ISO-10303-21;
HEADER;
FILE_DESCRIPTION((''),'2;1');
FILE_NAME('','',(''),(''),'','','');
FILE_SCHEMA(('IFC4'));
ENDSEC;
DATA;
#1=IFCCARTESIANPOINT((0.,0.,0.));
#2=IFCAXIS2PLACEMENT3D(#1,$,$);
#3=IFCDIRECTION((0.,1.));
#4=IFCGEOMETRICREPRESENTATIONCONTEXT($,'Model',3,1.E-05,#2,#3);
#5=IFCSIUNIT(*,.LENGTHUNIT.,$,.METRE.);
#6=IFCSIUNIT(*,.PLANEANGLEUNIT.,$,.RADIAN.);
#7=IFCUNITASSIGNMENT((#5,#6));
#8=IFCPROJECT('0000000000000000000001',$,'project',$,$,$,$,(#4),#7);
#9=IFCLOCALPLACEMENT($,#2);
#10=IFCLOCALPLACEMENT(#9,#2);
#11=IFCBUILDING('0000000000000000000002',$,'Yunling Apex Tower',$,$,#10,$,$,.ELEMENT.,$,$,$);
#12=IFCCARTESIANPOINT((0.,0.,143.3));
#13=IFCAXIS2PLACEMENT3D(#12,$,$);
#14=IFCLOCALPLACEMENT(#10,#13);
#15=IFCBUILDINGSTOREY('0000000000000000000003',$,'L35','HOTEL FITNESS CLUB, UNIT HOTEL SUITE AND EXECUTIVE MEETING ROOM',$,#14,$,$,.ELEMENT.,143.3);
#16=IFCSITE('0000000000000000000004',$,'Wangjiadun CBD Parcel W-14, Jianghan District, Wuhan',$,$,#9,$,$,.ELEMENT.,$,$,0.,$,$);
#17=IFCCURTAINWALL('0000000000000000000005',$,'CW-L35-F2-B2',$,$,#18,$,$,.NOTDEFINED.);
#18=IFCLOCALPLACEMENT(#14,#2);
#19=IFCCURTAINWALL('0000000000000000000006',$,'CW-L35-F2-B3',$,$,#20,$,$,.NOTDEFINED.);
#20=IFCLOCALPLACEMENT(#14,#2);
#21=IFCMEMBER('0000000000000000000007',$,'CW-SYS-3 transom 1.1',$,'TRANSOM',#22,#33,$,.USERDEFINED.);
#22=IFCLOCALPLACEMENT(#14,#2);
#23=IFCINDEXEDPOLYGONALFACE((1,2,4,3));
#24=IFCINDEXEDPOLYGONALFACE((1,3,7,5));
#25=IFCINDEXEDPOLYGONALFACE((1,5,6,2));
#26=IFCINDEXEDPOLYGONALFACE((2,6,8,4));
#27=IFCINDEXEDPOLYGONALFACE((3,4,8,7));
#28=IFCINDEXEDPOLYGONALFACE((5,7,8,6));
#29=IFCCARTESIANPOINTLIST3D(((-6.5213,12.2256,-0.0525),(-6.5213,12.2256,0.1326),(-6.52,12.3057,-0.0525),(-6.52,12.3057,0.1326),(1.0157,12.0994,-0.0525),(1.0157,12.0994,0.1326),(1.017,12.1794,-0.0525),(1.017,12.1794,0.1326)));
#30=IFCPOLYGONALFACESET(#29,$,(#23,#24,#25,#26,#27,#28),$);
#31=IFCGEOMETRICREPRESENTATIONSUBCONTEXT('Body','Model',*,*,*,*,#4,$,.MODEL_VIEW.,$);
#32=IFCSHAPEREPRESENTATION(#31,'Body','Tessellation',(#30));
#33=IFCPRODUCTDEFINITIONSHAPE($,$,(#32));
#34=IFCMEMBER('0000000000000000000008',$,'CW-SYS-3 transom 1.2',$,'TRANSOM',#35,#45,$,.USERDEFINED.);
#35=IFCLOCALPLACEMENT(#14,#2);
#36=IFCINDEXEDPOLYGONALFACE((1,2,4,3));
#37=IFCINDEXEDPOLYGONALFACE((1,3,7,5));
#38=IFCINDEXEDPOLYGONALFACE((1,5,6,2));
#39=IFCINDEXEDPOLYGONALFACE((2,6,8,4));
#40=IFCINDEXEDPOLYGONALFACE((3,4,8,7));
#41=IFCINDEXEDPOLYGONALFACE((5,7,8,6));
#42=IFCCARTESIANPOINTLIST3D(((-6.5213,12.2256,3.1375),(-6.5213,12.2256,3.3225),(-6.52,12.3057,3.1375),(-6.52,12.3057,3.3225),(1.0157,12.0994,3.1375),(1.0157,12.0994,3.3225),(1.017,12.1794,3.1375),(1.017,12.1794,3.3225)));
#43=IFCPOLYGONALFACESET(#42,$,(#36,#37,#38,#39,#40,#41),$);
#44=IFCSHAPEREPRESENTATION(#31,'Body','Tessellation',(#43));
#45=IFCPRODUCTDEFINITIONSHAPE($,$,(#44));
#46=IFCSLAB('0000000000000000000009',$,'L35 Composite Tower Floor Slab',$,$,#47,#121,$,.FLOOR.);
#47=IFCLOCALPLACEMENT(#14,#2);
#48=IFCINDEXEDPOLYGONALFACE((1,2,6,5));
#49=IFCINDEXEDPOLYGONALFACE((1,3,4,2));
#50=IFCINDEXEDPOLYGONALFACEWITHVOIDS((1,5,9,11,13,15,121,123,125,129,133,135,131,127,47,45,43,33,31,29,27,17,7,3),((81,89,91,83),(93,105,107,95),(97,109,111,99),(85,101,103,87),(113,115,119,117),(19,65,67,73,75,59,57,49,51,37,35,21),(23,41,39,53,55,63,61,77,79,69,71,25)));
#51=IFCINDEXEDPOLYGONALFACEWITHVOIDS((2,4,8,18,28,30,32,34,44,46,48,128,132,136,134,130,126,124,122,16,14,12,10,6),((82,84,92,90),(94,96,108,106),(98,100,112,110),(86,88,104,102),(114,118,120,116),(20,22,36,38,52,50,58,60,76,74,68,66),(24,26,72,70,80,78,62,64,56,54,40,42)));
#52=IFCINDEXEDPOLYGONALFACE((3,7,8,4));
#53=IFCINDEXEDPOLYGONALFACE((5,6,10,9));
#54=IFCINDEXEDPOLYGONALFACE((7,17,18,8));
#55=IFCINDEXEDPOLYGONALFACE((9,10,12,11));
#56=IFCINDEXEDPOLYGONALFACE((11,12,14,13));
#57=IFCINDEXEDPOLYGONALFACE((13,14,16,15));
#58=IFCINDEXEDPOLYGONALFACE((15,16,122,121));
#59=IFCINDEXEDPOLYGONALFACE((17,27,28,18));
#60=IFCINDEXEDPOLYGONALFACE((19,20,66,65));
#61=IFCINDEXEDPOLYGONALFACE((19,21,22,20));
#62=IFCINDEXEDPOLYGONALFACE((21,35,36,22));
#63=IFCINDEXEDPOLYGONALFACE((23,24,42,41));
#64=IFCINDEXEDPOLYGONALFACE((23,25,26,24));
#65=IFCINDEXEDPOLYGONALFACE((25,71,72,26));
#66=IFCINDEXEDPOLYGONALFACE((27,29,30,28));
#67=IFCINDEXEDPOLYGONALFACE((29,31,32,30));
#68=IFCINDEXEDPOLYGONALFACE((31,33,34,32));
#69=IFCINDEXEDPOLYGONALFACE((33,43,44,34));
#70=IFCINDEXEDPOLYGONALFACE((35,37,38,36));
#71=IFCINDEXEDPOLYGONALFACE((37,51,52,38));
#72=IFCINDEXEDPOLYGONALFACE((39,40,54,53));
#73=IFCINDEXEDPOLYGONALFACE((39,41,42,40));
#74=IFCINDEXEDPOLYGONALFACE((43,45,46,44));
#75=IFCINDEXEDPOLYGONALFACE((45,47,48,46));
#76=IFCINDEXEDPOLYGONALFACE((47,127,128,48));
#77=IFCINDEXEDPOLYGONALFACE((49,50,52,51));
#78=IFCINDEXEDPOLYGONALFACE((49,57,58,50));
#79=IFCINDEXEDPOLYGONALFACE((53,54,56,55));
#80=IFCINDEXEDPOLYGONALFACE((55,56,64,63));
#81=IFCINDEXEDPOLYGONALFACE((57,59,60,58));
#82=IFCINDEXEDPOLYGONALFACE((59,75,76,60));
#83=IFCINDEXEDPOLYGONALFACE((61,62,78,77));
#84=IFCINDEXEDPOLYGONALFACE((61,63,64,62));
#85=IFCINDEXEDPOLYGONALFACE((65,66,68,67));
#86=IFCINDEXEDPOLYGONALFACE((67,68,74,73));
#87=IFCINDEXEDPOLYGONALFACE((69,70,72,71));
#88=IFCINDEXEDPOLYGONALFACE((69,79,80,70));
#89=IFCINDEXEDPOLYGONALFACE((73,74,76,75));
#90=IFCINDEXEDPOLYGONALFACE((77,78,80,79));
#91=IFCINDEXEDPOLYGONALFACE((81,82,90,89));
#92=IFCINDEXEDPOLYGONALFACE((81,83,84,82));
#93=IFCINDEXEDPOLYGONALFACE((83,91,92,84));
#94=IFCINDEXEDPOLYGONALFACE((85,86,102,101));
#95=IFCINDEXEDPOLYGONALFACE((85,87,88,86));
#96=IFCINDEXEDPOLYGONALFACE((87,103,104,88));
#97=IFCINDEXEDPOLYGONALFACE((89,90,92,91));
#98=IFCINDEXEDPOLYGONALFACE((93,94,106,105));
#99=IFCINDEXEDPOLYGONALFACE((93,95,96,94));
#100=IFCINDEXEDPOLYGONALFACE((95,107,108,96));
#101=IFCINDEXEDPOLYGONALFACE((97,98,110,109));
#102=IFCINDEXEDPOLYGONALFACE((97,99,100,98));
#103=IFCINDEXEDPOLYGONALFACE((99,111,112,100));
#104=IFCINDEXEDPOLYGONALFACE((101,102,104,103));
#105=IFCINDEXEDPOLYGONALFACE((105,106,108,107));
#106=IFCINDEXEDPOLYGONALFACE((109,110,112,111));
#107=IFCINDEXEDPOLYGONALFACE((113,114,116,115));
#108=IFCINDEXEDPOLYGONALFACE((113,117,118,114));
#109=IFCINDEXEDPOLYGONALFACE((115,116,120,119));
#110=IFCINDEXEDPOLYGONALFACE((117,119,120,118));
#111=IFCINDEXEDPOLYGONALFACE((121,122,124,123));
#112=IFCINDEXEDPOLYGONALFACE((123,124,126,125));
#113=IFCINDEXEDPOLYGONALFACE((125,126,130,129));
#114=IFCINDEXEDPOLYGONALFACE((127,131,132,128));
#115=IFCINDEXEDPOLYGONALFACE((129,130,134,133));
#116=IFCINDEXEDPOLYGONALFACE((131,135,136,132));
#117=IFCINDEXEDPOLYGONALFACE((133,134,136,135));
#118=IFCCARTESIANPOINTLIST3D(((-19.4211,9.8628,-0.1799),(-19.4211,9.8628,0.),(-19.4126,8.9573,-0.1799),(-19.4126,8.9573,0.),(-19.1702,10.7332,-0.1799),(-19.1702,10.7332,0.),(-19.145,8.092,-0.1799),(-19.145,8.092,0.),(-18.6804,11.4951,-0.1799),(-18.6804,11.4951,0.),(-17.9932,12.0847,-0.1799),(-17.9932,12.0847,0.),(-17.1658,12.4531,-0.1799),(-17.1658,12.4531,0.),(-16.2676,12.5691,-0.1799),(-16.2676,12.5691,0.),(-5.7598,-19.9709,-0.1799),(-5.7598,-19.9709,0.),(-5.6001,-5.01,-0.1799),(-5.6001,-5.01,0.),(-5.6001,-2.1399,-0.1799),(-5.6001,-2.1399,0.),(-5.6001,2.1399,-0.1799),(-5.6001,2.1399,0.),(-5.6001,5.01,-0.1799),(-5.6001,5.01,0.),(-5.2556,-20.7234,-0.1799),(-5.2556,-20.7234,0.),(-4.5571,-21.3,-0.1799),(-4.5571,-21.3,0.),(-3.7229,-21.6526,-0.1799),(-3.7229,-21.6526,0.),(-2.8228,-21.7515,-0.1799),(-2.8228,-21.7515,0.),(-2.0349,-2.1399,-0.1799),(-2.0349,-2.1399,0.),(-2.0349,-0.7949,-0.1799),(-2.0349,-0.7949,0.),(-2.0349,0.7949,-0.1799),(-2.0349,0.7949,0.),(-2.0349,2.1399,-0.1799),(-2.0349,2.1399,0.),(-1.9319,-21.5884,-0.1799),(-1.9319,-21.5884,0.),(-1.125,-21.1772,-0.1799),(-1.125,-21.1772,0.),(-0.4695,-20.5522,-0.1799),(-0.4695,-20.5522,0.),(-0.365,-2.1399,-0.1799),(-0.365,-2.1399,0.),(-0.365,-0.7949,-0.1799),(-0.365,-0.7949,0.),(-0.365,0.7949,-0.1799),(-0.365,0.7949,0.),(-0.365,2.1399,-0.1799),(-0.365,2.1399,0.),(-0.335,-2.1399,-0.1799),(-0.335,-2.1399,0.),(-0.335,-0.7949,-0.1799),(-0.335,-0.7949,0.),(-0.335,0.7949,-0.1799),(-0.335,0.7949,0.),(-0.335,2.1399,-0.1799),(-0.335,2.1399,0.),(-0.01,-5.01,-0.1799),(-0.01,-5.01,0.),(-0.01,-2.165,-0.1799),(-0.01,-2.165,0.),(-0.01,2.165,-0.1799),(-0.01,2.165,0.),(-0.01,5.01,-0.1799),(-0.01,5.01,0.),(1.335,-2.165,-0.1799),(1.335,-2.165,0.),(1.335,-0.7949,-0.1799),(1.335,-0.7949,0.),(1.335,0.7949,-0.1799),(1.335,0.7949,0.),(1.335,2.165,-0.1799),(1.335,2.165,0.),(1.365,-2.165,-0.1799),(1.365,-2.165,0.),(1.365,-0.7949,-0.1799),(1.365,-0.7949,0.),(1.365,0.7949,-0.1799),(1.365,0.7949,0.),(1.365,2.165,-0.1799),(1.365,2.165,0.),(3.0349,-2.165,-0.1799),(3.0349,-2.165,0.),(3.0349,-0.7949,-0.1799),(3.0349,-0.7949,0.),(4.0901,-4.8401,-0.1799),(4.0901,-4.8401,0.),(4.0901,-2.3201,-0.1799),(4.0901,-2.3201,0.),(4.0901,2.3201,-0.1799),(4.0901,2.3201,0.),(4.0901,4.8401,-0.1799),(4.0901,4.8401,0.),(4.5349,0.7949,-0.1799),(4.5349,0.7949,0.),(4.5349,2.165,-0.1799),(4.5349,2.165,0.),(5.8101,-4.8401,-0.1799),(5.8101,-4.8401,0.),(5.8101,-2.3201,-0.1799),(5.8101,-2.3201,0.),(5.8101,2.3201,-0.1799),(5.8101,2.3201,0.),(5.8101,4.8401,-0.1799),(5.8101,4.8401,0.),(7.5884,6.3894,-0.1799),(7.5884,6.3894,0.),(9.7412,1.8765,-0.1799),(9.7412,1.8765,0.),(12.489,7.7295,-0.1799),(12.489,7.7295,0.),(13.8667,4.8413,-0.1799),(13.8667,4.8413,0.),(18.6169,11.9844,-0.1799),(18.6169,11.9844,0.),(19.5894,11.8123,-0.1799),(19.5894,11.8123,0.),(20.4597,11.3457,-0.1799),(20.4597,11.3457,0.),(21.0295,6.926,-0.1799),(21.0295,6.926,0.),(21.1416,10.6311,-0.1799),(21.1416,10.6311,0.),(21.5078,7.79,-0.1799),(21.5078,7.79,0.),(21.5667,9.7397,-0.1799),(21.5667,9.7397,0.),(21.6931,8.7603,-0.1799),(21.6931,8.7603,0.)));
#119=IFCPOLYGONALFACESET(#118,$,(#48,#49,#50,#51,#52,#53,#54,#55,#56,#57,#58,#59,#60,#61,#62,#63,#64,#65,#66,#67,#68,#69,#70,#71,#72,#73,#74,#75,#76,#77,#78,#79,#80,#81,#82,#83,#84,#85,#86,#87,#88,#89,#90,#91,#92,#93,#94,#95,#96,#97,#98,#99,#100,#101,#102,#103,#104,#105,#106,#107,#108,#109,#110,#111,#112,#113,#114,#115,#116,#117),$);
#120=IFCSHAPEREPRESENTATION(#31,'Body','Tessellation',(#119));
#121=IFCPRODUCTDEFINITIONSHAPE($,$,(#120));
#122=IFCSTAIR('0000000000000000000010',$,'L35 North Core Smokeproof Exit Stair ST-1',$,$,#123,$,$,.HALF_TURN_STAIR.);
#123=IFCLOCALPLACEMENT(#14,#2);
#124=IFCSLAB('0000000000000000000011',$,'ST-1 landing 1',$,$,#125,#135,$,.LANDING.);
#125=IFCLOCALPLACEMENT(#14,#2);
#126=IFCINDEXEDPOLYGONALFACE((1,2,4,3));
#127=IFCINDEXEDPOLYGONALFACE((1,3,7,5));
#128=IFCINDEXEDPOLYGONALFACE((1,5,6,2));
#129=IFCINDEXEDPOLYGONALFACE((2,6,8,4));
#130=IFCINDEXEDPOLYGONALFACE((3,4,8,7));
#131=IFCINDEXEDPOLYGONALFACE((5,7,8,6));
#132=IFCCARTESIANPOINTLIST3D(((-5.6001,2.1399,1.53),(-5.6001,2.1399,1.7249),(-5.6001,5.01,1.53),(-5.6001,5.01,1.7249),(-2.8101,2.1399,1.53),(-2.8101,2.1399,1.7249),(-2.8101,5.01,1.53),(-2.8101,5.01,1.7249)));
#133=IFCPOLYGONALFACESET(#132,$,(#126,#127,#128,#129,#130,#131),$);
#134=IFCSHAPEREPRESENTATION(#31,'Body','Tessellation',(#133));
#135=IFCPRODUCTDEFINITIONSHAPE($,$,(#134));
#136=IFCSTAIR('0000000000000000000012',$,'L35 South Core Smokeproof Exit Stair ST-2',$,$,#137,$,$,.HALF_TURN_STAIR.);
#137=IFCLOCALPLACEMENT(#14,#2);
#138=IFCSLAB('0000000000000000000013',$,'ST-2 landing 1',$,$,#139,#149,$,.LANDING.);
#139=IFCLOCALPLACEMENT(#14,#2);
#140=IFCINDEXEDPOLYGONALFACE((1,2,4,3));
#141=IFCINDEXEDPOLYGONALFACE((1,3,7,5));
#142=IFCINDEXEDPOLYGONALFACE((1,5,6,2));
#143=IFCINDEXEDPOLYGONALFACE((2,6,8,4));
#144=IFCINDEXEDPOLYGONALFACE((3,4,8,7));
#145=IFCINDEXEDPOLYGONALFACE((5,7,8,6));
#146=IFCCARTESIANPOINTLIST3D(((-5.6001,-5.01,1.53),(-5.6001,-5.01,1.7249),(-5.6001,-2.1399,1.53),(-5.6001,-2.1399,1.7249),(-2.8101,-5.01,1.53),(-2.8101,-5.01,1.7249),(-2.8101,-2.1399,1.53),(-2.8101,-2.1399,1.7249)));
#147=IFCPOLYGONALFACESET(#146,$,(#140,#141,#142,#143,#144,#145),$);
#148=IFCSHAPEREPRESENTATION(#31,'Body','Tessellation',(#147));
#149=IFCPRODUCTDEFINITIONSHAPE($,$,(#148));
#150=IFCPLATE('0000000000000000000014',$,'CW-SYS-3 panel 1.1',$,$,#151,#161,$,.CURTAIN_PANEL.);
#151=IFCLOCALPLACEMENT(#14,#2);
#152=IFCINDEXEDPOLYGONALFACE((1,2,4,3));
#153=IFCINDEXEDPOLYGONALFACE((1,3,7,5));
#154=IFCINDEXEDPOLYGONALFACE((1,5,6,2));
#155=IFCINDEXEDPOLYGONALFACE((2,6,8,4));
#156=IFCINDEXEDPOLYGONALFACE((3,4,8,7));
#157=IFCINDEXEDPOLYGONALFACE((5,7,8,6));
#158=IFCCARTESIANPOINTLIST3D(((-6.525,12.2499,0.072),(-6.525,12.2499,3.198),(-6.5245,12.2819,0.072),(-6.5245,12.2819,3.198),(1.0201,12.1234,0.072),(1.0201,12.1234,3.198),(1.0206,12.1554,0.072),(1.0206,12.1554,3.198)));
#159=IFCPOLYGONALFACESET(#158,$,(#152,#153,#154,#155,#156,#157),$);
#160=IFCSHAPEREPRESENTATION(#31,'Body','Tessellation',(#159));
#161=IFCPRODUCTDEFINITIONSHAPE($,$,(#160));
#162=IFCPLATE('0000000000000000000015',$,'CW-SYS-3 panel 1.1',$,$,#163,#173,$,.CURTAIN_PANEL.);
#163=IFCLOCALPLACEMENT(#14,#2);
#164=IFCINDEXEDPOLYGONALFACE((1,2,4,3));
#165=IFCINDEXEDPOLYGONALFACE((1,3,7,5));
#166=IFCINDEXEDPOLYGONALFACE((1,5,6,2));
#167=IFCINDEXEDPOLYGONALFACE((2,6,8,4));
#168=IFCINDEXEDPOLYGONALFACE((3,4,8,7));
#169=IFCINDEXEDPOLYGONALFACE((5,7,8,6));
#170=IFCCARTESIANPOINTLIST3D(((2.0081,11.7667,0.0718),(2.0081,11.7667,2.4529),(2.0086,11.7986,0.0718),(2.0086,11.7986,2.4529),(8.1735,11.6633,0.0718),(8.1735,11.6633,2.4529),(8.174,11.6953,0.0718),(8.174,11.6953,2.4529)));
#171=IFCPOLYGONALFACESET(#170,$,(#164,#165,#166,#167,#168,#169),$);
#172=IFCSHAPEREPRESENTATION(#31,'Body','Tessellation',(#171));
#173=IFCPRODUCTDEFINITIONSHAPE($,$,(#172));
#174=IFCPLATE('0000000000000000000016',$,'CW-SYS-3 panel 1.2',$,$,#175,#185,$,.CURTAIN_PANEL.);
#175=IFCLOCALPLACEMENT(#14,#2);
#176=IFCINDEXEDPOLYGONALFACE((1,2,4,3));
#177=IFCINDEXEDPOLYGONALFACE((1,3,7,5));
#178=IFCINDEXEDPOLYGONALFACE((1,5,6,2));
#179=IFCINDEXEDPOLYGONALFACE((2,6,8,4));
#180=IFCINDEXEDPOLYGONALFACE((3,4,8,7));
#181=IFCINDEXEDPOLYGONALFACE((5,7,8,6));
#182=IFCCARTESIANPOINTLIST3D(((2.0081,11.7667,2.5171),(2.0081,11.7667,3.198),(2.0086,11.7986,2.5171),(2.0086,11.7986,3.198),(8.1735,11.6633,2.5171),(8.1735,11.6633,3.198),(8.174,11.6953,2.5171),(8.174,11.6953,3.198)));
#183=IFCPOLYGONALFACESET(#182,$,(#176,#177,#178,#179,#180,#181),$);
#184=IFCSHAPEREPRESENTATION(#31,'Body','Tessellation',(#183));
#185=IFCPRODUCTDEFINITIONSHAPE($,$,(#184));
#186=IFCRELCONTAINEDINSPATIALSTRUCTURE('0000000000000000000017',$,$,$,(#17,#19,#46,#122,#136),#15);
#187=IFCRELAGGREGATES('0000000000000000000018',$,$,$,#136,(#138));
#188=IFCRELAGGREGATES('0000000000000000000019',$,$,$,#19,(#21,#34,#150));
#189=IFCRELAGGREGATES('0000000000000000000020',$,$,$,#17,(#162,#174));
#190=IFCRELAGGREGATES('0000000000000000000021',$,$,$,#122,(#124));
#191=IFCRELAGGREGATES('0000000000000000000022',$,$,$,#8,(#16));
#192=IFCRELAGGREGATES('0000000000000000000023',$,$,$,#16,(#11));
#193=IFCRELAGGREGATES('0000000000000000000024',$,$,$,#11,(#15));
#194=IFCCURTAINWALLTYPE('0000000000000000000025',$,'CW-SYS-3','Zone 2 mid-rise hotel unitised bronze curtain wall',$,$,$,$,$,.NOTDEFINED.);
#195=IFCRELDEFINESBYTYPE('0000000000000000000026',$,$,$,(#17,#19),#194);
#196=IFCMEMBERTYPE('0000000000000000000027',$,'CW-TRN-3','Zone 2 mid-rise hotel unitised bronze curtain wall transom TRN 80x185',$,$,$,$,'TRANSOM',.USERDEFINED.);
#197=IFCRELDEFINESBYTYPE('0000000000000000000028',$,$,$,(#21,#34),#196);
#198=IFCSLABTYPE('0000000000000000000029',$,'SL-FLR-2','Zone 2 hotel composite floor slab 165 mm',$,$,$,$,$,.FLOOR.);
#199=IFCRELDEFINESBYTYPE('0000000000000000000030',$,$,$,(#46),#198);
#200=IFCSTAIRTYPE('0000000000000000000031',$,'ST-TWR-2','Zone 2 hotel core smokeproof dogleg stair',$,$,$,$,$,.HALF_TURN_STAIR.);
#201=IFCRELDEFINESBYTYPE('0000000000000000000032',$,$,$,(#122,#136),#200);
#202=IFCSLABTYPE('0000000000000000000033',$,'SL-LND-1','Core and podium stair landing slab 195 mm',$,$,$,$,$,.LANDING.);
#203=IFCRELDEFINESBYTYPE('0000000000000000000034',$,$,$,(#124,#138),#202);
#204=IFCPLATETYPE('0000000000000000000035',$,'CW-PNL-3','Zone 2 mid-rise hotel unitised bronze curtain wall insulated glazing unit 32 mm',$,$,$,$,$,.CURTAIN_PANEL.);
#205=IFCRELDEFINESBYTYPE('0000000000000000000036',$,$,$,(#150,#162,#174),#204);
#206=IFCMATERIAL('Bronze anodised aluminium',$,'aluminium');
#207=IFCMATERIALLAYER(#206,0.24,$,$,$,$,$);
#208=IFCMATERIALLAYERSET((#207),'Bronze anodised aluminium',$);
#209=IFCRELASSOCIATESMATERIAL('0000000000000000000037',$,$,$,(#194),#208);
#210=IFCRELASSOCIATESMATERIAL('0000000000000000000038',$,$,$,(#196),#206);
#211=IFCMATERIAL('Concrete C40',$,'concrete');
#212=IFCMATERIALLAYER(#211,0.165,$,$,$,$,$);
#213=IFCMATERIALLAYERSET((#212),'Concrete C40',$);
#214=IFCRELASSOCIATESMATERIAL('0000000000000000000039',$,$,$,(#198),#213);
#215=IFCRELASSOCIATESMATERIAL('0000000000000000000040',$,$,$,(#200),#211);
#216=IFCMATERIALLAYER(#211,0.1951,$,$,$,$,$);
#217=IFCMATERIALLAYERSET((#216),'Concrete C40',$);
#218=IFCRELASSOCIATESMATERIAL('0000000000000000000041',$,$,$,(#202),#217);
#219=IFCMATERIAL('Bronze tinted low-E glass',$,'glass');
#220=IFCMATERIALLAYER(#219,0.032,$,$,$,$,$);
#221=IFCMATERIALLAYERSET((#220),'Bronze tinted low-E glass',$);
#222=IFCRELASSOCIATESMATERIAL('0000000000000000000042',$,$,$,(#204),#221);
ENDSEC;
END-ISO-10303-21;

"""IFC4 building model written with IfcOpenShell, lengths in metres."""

from ifc_helpers import new_model, si_unit, direction, frame, origin, origin_2d, place, context, subcontext, project, spatial, polyline, rectangle, outline, extrude, source, transform, mapped, material, layer, layer_set, material_profile, profile_set, type_object, element, aggregate, save


model = new_model("IFC4")

# Units and contexts
model_context = context("Model", 3, precision=1e-05, world=origin(), true_north=direction((0.0, 1.0)))
body_context = subcontext(model_context, "Body", "Model", "MODEL_VIEW")
ifc_project = project(units=[si_unit("LENGTHUNIT", "METRE"), si_unit("PLANEANGLEUNIT", "RADIAN")], contexts=[model_context])

# Site, building, storey
site_placement = place(None, origin())
site = spatial("IfcSite", under=ifc_project, at=site_placement, Name="Wangjiadun CBD Parcel W-14, Jianghan District, Wuhan", CompositionType="ELEMENT", RefElevation=0.0)
building_placement = place(site_placement, origin())
building = spatial("IfcBuilding", under=site, at=building_placement, Name="Yunling Apex Tower", CompositionType="ELEMENT")
storey_placement = place(building_placement, frame((0.0, 0.0, 143.3)))
storey = spatial("IfcBuildingStorey", under=building, at=storey_placement, Name="L35", Description="HOTEL FITNESS CLUB, UNIT HOTEL SUITE AND EXECUTIVE MEETING ROOM", CompositionType="ELEMENT", Elevation=143.3)

# Curtain wall
ifc_material_1 = material(Name="Bronze anodised aluminium", Category="aluminium")
ifc_layer_1 = layer(ifc_material_1, 0.24)
ifc_layer_set_1 = layer_set([ifc_layer_1], Name="Bronze anodised aluminium")
curtain_wall_type = type_object("IfcCurtainWallType", Name="CW-SYS-3", Description="Zone 2 mid-rise hotel unitised bronze curtain wall", PredefinedType="NOTDEFINED", material=ifc_layer_set_1)
curtain_wall_1_placement = place(storey_placement, origin())
curtain_wall_1 = element("IfcCurtainWall", 1, at=curtain_wall_1_placement, inside=storey, type_object=curtain_wall_type, Name="CW-L35-F2-B2", PredefinedType="NOTDEFINED")

# Curtain wall, members
curtain_wall_2_placement = place(storey_placement, origin())
curtain_wall_2 = element("IfcCurtainWall", 2, at=curtain_wall_2_placement, inside=storey, type_object=curtain_wall_type, Name="CW-L35-F2-B3", PredefinedType="NOTDEFINED")
ifc_material_profile_1 = material_profile(ifc_material_1, rectangle(XDim=0.0801, YDim=0.1851, at=origin_2d()))
ifc_profile_set_1 = profile_set([ifc_material_profile_1], Name="Bronze anodised aluminium")
member_type_1 = type_object("IfcMemberType", Name="CW-TRN-3", Description="Zone 2 mid-rise hotel unitised bronze curtain wall transom TRN 80x185", ElementType="TRANSOM", PredefinedType="USERDEFINED", material=ifc_profile_set_1)
shared_shape_1 = source(origin(), body_context, "Body", "SweptSolid", [
    extrude(rectangle(XDim=0.0801, YDim=0.1851, at=origin_2d()), origin(), (0.0, 0.0, 1.0), 7.5381),
])
member_1_placement = place(storey_placement, frame((1.0164, 12.1394, 0.04), z_axis=(-0.99986, 0.016744, 0.0), x_axis=(-0.016744, -0.99986, 0.0)))
member_1 = element("IfcMember", 3, at=member_1_placement, type_object=member_type_1, Name="CW-SYS-3 transom 1.1", ObjectType="TRANSOM", PredefinedType="USERDEFINED", context=body_context, shape_type="MappedRepresentation", body=[
    mapped(shared_shape_1, transform((0.0, 0.0, 0.0), scale=1.0)),
])
member_2_placement = place(storey_placement, frame((1.0164, 12.1394, 3.23), z_axis=(-0.99986, 0.016744, 0.0), x_axis=(-0.016744, -0.99986, 0.0)))
member_2 = element("IfcMember", 4, at=member_2_placement, type_object=member_type_1, Name="CW-SYS-3 transom 1.2", ObjectType="TRANSOM", PredefinedType="USERDEFINED", context=body_context, shape_type="MappedRepresentation", body=[
    mapped(shared_shape_1, transform((0.0, 0.0, 0.0), scale=1.0)),
])

# Slab
ifc_material_2 = material(Name="Concrete C40", Category="concrete")
ifc_layer_2 = layer(ifc_material_2, 0.165)
ifc_layer_set_2 = layer_set([ifc_layer_2], Name="Concrete C40")
slab_type_1 = type_object("IfcSlabType", Name="SL-FLR-2", Description="Zone 2 hotel composite floor slab 165 mm", PredefinedType="FLOOR", material=ifc_layer_set_2)
slab_1_placement = place(storey_placement, frame((0.0, 0.0, -0.1799)))
element("IfcSlab", 5, at=slab_1_placement, inside=storey, type_object=slab_type_1, Name="L35 Composite Tower Floor Slab", PredefinedType="FLOOR", context=body_context, shape_type="SweptSolid", body=[
    extrude(outline(polyline([(-5.7598, -19.9709), (-5.2556, -20.7234), (-4.5571, -21.3), (-3.7229, -21.6526), (-2.8228, -21.7515), (-1.9319, -21.5884), (-1.125, -21.1772), (-0.4695, -20.5522), (21.0295, 6.926), (21.5078, 7.79), (21.6931, 8.7603), (21.5667, 9.7397), (21.1416, 10.6311), (20.4597, 11.3457), (19.5894, 11.8123), (18.6169, 11.9844), (-16.2676, 12.5691), (-17.1658, 12.4531), (-17.9932, 12.0847), (-18.6804, 11.4951), (-19.1702, 10.7332), (-19.4211, 9.8628), (-19.4126, 8.9573), (-19.145, 8.092), (-5.7598, -19.9709)]), holes=[polyline([(12.489, 7.7295), (13.8667, 4.8413), (9.7412, 1.8765), (7.5884, 6.3894), (12.489, 7.7295)]), polyline([(4.0901, -2.3201), (5.8101, -2.3201), (5.8101, -4.8401), (4.0901, -4.8401), (4.0901, -2.3201)]), polyline([(5.8101, 4.8401), (5.8101, 2.3201), (4.0901, 2.3201), (4.0901, 4.8401), (5.8101, 4.8401)]), polyline([(1.365, 2.165), (4.5349, 2.165), (4.5349, 0.7949), (1.365, 0.7949), (1.365, 2.165)]), polyline([(3.0349, -0.7949), (3.0349, -2.165), (1.365, -2.165), (1.365, -0.7949), (3.0349, -0.7949)]), polyline([(-2.0349, -0.7949), (-0.365, -0.7949), (-0.365, -2.1399), (-0.335, -2.1399), (-0.335, -0.7949), (1.335, -0.7949), (1.335, -2.165), (-0.01, -2.165), (-0.01, -5.01), (-5.6001, -5.01), (-5.6001, -2.1399), (-2.0349, -2.1399), (-2.0349, -0.7949)]), polyline([(-5.6001, 2.1399), (-5.6001, 5.01), (-0.01, 5.01), (-0.01, 2.165), (1.335, 2.165), (1.335, 0.7949), (-0.335, 0.7949), (-0.335, 2.1399), (-0.365, 2.1399), (-0.365, 0.7949), (-2.0349, 0.7949), (-2.0349, 2.1399), (-5.6001, 2.1399)])]), origin(), (0.0, 0.0, 1.0), 0.1799),
])

# Stairs, slabs
stair_type = type_object("IfcStairType", Name="ST-TWR-2", Description="Zone 2 hotel core smokeproof dogleg stair", PredefinedType="HALF_TURN_STAIR", material=ifc_material_2)
stair_1_placement = place(storey_placement, origin())
stair_1 = element("IfcStair", 6, at=stair_1_placement, inside=storey, type_object=stair_type, Name="L35 North Core Smokeproof Exit Stair ST-1", PredefinedType="HALF_TURN_STAIR")
ifc_layer_3 = layer(ifc_material_2, 0.1951)
ifc_layer_set_3 = layer_set([ifc_layer_3], Name="Concrete C40")
slab_type_2 = type_object("IfcSlabType", Name="SL-LND-1", Description="Core and podium stair landing slab 195 mm", PredefinedType="LANDING", material=ifc_layer_set_3)
slab_2_placement = place(storey_placement, frame((0.0, 0.0, 1.53)))
slab_2 = element("IfcSlab", 7, at=slab_2_placement, type_object=slab_type_2, Name="ST-1 landing 1", PredefinedType="LANDING", context=body_context, shape_type="SweptSolid", body=[
    extrude(outline(polyline([(-2.8101, 5.01), (-5.6001, 5.01), (-5.6001, 2.1399), (-2.8101, 2.1399), (-2.8101, 5.01)])), origin(), (0.0, 0.0, 1.0), 0.1948),
])
stair_2_placement = place(storey_placement, origin())
stair_2 = element("IfcStair", 8, at=stair_2_placement, inside=storey, type_object=stair_type, Name="L35 South Core Smokeproof Exit Stair ST-2", PredefinedType="HALF_TURN_STAIR")
slab_3_placement = place(storey_placement, frame((0.0, 0.0, 1.53)))
slab_3 = element("IfcSlab", 9, at=slab_3_placement, type_object=slab_type_2, Name="ST-2 landing 1", PredefinedType="LANDING", context=body_context, shape_type="SweptSolid", body=[
    extrude(outline(polyline([(-2.8101, -2.1399), (-5.6001, -2.1399), (-5.6001, -5.01), (-2.8101, -5.01), (-2.8101, -2.1399)])), origin(), (0.0, 0.0, 1.0), 0.1948),
])
aggregate(stair_2, [slab_3])

# Plates
ifc_material_3 = material(Name="Bronze tinted low-E glass", Category="glass")
ifc_layer_4 = layer(ifc_material_3, 0.032)
ifc_layer_set_4 = layer_set([ifc_layer_4], Name="Bronze tinted low-E glass")
plate_type = type_object("IfcPlateType", Name="CW-PNL-3", Description="Zone 2 mid-rise hotel unitised bronze curtain wall insulated glazing unit 32 mm", PredefinedType="CURTAIN_PANEL", material=ifc_layer_set_4)
shared_shape_2 = source(origin(), body_context, "Body", "SweptSolid", [
    extrude(rectangle(XDim=7.5461, YDim=0.032, at=origin_2d()), origin(), (0.0, 0.0, 1.0), 3.126),
])
plate_1_placement = place(storey_placement, frame((-2.7522, 12.2026, 0.072), z_axis=(0.0, 0.0, 1.0), x_axis=(-0.99986, 0.016762, 0.0)))
plate_1 = element("IfcPlate", 10, at=plate_1_placement, type_object=plate_type, Name="CW-SYS-3 panel 1.1", PredefinedType="CURTAIN_PANEL", context=body_context, shape_type="MappedRepresentation", body=[
    mapped(shared_shape_2, transform((0.0, 0.0, 0.0), scale=1.0)),
])
aggregate(curtain_wall_2, [member_1, member_2, plate_1])
shared_shape_3 = source(origin(), body_context, "Body", "SweptSolid", [
    extrude(rectangle(XDim=6.1663, YDim=0.032, at=origin_2d()), origin(), (0.0, 0.0, 1.0), 2.3811),
])
plate_2_placement = place(storey_placement, frame((5.0911, 11.731, 0.0718), z_axis=(0.0, 0.0, 1.0), x_axis=(-0.999859, 0.016767, 0.0)))
plate_2 = element("IfcPlate", 11, at=plate_2_placement, type_object=plate_type, Name="CW-SYS-3 panel 1.1", PredefinedType="CURTAIN_PANEL", context=body_context, shape_type="MappedRepresentation", body=[
    mapped(shared_shape_3, transform((0.0, 0.0, 0.0), scale=1.0)),
])
shared_shape_4 = source(origin(), body_context, "Body", "SweptSolid", [
    extrude(rectangle(XDim=6.1663, YDim=0.032, at=origin_2d()), origin(), (0.0, 0.0, 1.0), 0.6809),
])
plate_3_placement = place(storey_placement, frame((5.0911, 11.731, 2.5171), z_axis=(0.0, 0.0, 1.0), x_axis=(-0.999859, 0.016767, 0.0)))
plate_3 = element("IfcPlate", 12, at=plate_3_placement, type_object=plate_type, Name="CW-SYS-3 panel 1.2", PredefinedType="CURTAIN_PANEL", context=body_context, shape_type="MappedRepresentation", body=[
    mapped(shared_shape_4, transform((0.0, 0.0, 0.0), scale=1.0)),
])
aggregate(curtain_wall_1, [plate_2, plate_3])

aggregate(stair_1, [slab_2])

save(model, "model.ifc")
